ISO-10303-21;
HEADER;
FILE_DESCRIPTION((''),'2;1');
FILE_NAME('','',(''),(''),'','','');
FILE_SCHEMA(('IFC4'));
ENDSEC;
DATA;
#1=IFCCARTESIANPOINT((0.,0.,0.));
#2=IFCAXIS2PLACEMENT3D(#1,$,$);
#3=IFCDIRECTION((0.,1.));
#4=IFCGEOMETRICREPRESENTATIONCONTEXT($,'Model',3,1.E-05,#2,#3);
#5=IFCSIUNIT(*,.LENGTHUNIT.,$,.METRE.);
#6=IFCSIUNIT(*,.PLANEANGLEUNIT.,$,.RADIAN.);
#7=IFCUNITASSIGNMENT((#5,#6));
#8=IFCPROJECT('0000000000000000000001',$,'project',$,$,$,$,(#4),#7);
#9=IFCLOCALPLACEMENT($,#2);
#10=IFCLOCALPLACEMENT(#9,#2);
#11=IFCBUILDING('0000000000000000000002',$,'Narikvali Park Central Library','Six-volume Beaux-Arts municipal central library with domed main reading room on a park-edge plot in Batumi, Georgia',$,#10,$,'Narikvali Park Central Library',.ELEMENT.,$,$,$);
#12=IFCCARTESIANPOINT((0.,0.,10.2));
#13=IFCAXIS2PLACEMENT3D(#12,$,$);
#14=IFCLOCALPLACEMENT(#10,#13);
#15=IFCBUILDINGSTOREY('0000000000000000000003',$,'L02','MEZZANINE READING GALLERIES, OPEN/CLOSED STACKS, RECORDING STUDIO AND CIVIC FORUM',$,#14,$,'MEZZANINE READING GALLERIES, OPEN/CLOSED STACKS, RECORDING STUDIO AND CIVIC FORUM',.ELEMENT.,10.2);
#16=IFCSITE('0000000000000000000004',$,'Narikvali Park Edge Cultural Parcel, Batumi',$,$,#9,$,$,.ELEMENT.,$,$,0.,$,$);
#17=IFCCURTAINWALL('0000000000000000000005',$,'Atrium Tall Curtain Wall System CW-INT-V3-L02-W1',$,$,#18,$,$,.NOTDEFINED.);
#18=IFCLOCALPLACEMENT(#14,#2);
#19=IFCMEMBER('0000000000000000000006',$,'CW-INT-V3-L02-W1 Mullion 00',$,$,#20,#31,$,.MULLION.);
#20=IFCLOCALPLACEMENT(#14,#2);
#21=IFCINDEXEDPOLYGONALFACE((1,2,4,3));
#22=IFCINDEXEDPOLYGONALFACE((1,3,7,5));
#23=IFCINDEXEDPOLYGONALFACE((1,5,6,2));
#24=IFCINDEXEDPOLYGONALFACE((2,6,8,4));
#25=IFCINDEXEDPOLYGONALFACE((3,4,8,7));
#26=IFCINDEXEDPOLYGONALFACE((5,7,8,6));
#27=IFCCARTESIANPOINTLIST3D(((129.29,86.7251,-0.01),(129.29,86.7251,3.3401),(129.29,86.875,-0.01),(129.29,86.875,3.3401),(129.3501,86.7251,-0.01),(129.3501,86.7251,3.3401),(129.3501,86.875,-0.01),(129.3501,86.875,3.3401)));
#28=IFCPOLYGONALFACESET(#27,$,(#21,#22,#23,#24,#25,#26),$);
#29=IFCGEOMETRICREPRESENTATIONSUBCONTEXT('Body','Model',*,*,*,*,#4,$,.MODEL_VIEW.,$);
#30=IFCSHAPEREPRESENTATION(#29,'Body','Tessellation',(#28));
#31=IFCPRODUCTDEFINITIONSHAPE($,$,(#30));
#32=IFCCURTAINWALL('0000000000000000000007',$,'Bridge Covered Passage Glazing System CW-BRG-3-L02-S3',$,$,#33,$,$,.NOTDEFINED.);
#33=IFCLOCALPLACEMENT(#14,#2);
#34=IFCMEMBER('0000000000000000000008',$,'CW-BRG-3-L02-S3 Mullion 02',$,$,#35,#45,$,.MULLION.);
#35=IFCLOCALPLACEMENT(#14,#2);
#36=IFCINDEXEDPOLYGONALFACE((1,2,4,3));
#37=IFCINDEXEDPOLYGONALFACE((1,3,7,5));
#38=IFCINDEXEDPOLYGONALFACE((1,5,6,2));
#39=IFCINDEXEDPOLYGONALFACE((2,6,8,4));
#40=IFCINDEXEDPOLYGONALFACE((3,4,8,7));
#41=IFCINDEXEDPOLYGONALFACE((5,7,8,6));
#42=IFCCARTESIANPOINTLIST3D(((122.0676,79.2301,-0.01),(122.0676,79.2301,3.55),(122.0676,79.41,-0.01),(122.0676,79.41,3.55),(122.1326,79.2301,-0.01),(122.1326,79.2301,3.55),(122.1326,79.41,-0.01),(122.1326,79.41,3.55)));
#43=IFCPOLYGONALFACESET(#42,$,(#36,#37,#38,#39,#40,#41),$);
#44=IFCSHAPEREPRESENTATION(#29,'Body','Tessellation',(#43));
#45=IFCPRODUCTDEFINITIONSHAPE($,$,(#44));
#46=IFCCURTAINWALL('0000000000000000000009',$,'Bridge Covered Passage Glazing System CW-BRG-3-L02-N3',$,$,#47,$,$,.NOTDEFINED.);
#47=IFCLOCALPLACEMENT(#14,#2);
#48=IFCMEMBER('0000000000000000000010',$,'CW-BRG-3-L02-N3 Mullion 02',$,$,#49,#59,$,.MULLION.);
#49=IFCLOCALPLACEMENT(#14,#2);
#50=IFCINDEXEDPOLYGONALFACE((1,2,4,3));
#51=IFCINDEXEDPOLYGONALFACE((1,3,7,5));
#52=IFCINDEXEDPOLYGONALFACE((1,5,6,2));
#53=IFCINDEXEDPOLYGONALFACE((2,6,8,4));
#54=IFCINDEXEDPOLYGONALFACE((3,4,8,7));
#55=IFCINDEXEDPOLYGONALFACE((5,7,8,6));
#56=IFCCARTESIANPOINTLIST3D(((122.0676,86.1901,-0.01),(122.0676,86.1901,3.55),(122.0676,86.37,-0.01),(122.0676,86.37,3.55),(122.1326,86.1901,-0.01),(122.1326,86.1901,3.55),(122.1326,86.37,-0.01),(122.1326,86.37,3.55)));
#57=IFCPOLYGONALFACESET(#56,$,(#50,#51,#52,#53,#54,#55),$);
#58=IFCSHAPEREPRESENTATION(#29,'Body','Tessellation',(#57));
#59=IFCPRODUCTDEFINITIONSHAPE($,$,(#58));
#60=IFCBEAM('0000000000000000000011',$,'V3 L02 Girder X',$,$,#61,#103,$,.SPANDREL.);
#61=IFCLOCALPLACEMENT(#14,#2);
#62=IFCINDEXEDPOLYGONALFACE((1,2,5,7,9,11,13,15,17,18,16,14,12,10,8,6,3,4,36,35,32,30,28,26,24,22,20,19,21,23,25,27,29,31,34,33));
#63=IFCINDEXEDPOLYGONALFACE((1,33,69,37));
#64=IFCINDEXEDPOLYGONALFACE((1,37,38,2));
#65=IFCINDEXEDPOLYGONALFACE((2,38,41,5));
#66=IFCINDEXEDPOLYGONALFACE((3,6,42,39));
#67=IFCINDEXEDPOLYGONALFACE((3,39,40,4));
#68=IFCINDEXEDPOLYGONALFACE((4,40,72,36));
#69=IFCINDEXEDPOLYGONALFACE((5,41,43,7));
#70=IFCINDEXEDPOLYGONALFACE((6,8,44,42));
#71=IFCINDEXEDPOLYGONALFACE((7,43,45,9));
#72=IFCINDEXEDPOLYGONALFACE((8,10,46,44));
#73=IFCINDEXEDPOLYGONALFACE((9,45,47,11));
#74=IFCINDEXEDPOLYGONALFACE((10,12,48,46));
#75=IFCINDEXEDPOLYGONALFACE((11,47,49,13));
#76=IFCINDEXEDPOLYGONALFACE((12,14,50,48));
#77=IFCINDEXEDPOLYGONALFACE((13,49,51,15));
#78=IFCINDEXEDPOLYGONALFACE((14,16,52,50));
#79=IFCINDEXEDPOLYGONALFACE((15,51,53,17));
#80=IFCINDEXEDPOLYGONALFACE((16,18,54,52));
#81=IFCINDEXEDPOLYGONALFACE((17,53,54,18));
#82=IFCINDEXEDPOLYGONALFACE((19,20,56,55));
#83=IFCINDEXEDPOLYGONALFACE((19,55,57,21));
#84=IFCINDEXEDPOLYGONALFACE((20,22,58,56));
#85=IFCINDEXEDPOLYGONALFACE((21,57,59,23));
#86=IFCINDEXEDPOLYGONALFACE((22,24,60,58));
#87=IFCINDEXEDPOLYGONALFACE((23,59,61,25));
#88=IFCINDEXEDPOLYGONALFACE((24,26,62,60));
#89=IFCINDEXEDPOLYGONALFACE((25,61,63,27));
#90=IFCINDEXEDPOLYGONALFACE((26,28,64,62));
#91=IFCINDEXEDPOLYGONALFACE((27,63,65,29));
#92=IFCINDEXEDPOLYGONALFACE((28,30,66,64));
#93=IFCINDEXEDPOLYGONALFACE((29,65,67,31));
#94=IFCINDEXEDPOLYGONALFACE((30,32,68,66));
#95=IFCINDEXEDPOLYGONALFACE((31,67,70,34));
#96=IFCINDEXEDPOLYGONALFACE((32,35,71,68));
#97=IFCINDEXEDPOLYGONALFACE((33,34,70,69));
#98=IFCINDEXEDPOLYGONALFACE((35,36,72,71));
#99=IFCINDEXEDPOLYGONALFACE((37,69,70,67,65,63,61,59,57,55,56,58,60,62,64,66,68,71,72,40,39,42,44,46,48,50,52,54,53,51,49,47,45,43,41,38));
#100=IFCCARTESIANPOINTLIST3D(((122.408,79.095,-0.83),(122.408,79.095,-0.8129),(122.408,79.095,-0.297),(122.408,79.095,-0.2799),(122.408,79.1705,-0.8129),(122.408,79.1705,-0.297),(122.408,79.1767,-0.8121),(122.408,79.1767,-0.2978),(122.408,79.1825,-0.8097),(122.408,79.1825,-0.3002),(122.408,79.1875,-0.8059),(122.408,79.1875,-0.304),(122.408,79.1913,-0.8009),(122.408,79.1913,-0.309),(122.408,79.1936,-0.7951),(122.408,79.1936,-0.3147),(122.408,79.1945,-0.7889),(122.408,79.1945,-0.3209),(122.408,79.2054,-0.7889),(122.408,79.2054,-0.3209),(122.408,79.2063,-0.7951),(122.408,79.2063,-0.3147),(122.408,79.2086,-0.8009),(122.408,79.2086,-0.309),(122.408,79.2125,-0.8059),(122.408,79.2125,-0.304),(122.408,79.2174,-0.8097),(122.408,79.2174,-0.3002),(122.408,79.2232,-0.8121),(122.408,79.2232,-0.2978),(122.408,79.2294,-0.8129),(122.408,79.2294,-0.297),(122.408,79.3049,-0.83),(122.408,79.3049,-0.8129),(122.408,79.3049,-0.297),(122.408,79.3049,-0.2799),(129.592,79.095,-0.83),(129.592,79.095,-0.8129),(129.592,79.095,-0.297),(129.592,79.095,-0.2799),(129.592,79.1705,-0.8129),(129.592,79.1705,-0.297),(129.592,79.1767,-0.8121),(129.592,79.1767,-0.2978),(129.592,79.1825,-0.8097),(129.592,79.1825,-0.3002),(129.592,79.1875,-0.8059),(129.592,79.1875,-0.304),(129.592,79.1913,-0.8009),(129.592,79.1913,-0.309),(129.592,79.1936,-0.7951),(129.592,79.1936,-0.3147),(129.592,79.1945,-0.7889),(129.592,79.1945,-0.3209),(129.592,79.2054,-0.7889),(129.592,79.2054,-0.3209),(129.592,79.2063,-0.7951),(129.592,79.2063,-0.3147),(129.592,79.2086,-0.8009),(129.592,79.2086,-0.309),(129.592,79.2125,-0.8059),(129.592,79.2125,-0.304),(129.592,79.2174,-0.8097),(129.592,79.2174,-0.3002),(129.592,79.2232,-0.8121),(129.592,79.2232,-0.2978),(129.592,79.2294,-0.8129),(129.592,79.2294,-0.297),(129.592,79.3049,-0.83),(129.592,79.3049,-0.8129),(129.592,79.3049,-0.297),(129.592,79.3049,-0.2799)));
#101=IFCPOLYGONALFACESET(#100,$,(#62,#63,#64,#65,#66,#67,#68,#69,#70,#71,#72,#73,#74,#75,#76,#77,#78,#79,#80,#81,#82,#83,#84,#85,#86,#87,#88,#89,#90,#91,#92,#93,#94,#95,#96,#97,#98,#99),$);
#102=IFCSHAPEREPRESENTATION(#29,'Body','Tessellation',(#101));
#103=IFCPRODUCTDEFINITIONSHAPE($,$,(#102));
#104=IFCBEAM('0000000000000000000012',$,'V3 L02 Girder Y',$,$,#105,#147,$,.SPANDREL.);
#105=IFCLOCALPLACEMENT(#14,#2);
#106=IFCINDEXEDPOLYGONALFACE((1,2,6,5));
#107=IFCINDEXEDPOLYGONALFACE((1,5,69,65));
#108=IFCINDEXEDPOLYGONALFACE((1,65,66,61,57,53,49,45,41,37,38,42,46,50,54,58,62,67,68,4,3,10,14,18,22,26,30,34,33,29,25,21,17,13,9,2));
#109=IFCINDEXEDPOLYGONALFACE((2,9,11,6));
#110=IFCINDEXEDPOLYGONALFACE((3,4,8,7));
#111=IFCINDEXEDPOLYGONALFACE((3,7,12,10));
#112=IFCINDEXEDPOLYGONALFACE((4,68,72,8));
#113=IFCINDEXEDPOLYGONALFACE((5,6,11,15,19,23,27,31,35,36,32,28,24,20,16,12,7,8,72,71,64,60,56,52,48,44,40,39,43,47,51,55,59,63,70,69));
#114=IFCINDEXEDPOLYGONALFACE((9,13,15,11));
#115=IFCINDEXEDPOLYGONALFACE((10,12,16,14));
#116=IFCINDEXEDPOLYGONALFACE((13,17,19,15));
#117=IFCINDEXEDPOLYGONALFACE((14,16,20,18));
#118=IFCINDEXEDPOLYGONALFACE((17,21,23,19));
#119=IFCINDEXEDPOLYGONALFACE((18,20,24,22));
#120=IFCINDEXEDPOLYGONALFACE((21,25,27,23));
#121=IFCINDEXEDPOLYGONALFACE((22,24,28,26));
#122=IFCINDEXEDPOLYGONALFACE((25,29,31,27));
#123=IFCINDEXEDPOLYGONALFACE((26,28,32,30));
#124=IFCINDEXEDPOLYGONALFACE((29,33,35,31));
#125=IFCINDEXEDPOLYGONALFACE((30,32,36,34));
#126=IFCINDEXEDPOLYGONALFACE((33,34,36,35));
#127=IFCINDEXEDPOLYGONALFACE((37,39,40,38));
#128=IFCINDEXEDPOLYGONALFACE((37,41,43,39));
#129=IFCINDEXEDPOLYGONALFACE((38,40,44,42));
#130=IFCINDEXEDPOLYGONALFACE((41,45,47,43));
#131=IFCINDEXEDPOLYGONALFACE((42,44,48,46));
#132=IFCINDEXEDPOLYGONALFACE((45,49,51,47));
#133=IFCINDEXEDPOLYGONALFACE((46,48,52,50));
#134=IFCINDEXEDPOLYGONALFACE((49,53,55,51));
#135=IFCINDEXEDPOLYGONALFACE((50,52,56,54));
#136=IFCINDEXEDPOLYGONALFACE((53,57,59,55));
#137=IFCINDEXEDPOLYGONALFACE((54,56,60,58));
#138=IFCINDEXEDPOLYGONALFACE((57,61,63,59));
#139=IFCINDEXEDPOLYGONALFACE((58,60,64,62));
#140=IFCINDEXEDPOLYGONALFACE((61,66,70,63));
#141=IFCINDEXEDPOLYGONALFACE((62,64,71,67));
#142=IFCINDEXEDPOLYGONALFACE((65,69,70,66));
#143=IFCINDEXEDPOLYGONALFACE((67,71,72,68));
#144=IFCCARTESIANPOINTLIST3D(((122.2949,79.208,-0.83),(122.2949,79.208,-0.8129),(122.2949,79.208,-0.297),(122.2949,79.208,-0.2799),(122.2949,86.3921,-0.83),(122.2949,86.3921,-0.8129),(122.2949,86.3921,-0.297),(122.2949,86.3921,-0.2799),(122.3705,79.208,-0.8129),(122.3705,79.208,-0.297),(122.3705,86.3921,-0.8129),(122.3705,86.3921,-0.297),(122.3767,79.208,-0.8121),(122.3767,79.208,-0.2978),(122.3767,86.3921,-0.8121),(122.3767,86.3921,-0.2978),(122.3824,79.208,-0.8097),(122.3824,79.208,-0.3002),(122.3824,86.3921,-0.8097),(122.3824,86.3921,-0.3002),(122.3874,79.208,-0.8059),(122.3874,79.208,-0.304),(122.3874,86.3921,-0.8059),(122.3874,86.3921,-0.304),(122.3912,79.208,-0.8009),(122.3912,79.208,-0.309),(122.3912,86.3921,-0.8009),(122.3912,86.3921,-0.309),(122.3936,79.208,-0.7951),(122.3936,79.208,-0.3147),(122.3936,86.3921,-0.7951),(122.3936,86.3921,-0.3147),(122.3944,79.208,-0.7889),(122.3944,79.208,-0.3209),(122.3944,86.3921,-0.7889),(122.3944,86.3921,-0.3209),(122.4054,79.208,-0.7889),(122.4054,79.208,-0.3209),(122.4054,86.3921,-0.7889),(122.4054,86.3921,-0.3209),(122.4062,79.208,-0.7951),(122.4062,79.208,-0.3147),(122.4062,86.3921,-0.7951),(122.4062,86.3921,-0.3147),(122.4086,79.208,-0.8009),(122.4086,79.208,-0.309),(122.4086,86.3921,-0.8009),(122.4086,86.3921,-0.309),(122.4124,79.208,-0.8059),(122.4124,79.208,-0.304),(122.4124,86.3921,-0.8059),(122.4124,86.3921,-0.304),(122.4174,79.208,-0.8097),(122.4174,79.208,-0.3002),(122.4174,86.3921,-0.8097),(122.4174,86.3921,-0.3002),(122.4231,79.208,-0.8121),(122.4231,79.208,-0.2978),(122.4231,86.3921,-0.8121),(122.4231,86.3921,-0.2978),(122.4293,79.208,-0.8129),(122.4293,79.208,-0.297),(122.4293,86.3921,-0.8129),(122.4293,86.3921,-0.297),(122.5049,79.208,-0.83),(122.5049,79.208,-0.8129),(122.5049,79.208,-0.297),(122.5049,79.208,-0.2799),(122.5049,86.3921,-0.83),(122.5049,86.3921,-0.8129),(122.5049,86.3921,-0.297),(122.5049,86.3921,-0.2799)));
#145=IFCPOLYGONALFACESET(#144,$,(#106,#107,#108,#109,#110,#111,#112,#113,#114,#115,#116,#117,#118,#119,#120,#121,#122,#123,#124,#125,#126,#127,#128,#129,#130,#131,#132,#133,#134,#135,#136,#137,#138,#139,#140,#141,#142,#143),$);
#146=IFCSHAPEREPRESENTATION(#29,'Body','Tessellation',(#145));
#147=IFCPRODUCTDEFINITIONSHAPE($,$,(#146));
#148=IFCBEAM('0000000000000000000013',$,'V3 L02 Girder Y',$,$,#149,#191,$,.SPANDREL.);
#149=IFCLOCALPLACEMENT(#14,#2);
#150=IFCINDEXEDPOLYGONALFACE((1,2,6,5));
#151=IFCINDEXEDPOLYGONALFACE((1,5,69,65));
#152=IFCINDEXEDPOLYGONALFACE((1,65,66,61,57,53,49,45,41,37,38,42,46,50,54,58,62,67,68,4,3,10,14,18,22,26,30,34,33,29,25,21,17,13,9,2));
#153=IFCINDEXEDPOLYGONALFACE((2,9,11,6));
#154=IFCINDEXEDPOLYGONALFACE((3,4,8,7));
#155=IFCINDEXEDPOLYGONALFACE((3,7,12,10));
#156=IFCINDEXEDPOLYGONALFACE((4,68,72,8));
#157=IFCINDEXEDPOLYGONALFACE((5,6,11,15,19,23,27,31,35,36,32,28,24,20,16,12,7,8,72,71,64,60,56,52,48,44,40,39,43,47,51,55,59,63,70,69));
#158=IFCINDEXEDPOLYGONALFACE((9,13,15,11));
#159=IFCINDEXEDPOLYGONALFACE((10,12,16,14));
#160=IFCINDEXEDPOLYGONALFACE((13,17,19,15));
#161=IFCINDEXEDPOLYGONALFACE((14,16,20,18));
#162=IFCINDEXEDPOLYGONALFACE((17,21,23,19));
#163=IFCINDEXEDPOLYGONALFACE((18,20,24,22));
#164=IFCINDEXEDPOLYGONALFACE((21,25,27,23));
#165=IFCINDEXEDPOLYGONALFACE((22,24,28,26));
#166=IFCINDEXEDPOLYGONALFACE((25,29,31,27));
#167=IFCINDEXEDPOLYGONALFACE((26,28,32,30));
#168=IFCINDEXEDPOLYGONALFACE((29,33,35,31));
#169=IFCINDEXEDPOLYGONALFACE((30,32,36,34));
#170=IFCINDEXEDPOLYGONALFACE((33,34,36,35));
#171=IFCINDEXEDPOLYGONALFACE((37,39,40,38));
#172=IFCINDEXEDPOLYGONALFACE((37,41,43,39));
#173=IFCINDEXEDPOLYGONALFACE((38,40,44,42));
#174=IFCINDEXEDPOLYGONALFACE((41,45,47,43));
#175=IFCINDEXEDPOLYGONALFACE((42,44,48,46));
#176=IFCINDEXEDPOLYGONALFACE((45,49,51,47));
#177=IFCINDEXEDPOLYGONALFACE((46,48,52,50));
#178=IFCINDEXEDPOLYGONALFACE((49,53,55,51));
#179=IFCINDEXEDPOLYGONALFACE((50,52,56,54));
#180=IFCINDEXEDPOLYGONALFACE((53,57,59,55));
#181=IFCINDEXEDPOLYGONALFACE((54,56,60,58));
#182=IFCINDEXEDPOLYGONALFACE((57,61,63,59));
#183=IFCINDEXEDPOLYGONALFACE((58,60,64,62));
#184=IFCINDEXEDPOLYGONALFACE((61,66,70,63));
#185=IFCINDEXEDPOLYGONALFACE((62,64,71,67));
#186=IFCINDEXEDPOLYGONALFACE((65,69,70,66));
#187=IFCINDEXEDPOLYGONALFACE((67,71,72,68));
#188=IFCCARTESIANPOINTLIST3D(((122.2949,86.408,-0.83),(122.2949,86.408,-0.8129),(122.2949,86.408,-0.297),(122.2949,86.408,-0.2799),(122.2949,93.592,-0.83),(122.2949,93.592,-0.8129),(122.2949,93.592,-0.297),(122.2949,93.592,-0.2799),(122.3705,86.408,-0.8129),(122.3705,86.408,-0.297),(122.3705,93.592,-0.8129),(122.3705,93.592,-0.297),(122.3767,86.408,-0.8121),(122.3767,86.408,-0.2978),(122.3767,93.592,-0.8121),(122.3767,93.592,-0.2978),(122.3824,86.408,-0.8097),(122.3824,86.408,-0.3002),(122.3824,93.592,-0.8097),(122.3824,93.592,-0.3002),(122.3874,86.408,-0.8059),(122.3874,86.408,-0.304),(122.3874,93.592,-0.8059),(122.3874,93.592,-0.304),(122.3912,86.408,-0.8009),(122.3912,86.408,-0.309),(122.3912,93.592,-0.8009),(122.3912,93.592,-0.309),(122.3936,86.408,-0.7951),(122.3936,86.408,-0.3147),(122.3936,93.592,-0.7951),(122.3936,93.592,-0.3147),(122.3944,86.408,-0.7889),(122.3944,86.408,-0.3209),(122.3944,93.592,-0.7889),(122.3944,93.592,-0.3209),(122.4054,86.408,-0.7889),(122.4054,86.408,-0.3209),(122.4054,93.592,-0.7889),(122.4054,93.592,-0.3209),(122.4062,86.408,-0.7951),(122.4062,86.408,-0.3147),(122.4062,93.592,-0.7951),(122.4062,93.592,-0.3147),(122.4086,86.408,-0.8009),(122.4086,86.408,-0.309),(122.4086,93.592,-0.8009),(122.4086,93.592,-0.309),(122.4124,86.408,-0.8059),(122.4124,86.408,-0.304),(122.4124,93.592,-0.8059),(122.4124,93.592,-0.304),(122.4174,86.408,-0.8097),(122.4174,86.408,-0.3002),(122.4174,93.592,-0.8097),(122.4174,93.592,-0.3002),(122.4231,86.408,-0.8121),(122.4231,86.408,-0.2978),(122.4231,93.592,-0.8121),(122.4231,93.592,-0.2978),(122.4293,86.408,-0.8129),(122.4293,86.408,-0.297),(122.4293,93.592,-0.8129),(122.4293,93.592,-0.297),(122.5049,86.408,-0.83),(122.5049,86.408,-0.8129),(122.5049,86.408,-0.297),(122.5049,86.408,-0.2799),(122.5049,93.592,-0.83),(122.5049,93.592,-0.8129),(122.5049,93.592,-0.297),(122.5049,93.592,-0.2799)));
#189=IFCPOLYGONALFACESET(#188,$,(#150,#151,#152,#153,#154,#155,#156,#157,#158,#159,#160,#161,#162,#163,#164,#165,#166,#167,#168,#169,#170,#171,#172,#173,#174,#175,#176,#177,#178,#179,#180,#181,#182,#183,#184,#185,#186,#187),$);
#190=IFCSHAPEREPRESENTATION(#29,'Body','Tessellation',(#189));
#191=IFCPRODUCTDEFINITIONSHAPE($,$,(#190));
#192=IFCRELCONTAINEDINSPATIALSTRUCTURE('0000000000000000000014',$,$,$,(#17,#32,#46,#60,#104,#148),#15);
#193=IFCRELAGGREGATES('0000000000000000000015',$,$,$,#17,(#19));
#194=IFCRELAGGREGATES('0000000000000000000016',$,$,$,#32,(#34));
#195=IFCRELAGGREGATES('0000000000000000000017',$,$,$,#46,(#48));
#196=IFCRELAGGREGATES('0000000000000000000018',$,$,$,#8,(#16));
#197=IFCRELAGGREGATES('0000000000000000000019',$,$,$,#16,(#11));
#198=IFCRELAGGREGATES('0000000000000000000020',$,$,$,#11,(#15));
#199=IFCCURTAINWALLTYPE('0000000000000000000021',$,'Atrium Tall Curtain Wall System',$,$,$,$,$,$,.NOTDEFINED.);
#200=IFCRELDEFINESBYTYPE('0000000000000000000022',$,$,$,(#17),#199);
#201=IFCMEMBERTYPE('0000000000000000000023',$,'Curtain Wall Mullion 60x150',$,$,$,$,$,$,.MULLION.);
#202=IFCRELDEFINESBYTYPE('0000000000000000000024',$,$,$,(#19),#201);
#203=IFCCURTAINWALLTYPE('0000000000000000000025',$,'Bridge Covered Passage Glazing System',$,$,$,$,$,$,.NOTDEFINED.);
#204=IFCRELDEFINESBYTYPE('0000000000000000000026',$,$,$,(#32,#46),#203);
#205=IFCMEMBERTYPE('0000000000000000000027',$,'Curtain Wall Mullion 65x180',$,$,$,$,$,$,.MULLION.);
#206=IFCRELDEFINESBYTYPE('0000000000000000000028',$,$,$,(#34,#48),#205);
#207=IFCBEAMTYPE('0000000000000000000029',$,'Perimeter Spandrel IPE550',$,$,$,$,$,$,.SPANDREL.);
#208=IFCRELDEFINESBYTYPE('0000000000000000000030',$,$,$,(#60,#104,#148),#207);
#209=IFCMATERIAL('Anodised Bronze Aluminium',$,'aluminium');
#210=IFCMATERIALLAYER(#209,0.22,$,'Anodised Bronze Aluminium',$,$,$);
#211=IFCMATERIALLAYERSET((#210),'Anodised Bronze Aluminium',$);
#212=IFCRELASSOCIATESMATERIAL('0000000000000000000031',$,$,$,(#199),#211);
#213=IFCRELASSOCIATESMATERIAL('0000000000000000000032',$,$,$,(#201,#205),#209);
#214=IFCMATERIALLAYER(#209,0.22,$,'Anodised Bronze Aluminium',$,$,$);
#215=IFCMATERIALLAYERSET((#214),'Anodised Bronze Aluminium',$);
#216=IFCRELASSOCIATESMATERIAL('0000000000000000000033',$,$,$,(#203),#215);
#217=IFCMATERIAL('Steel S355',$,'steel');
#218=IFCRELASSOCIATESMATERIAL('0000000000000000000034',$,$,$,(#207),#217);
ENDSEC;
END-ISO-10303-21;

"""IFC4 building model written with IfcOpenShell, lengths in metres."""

from ifc_helpers import new_model, si_unit, direction, frame, origin, origin_2d, place, context, subcontext, project, spatial, rectangle, i_section, extrude, material, layer, layer_set, material_profile, profile_set, type_object, element, aggregate, save


model = new_model("IFC4")

# Units and contexts
model_context = context("Model", 3, precision=1e-05, world=origin(), true_north=direction((0.0, 1.0)))
body_context = subcontext(model_context, "Body", "Model", "MODEL_VIEW")
ifc_project = project(units=[si_unit("LENGTHUNIT", "METRE"), si_unit("PLANEANGLEUNIT", "RADIAN")], contexts=[model_context])

# Site, building, storey
site_placement = place(None, origin())
site = spatial("IfcSite", under=ifc_project, at=site_placement, Name="Narikvali Park Edge Cultural Parcel, Batumi", CompositionType="ELEMENT", RefElevation=0.0)
building_placement = place(site_placement, origin())
building = spatial("IfcBuilding", under=site, at=building_placement, Name="Narikvali Park Central Library", Description="Six-volume Beaux-Arts municipal central library with domed main reading room on a park-edge plot in Batumi, Georgia", LongName="Narikvali Park Central Library", CompositionType="ELEMENT")
storey_placement = place(building_placement, frame((0.0, 0.0, 10.2)))
storey = spatial("IfcBuildingStorey", under=building, at=storey_placement, Name="L02", Description="MEZZANINE READING GALLERIES, OPEN/CLOSED STACKS, RECORDING STUDIO AND CIVIC FORUM", LongName="MEZZANINE READING GALLERIES, OPEN/CLOSED STACKS, RECORDING STUDIO AND CIVIC FORUM", CompositionType="ELEMENT", Elevation=10.2)

# Shared definitions
ifc_material_1 = material(Name="Steel S355", Category="steel")

# Curtain walls, members
ifc_material_2 = material(Name="Anodised Bronze Aluminium", Category="aluminium")
ifc_layer_1 = layer(ifc_material_2, 0.22, Name="Anodised Bronze Aluminium")
ifc_layer_set_1 = layer_set([ifc_layer_1], Name="Anodised Bronze Aluminium")
curtain_wall_type_1 = type_object("IfcCurtainWallType", Name="Atrium Tall Curtain Wall System", PredefinedType="NOTDEFINED", material=ifc_layer_set_1)
curtain_wall_1_placement = place(storey_placement, origin())
curtain_wall_1 = element("IfcCurtainWall", 1, at=curtain_wall_1_placement, inside=storey, type_object=curtain_wall_type_1, Name="Atrium Tall Curtain Wall System CW-INT-V3-L02-W1", PredefinedType="NOTDEFINED")
ifc_material_profile_1 = material_profile(ifc_material_2, rectangle(XDim=0.0601, YDim=0.1499, at=origin_2d()), Name="CW MULLION 60x150")
ifc_profile_set_1 = profile_set([ifc_material_profile_1], Name="Anodised Bronze Aluminium")
member_type_1 = type_object("IfcMemberType", Name="Curtain Wall Mullion 60x150", PredefinedType="MULLION", material=ifc_profile_set_1)
member_1_placement = place(storey_placement, frame((129.3201, 86.8, -0.01), z_axis=(0.0, 0.0, 1.0), x_axis=(1.0, 0.0, 0.0)))
member_1 = element("IfcMember", 2, at=member_1_placement, type_object=member_type_1, Name="CW-INT-V3-L02-W1 Mullion 00", PredefinedType="MULLION", context=body_context, shape_type="SweptSolid", body=[
    extrude(rectangle(XDim=0.0601, YDim=0.1499, at=origin_2d()), origin(), (0.0, 0.0, 1.0), 3.3501),
])
aggregate(curtain_wall_1, [member_1])
ifc_layer_2 = layer(ifc_material_2, 0.22, Name="Anodised Bronze Aluminium")
ifc_layer_set_2 = layer_set([ifc_layer_2], Name="Anodised Bronze Aluminium")
curtain_wall_type_2 = type_object("IfcCurtainWallType", Name="Bridge Covered Passage Glazing System", PredefinedType="NOTDEFINED", material=ifc_layer_set_2)
curtain_wall_2_placement = place(storey_placement, origin())
curtain_wall_2 = element("IfcCurtainWall", 3, at=curtain_wall_2_placement, inside=storey, type_object=curtain_wall_type_2, Name="Bridge Covered Passage Glazing System CW-BRG-3-L02-S3", PredefinedType="NOTDEFINED")
ifc_material_profile_2 = material_profile(ifc_material_2, rectangle(XDim=0.0649, YDim=0.1799, at=origin_2d()), Name="CW MULLION 65x180")
ifc_profile_set_2 = profile_set([ifc_material_profile_2], Name="Anodised Bronze Aluminium")
member_type_2 = type_object("IfcMemberType", Name="Curtain Wall Mullion 65x180", PredefinedType="MULLION", material=ifc_profile_set_2)
member_2_placement = place(storey_placement, frame((122.1001, 79.3201, -0.01), z_axis=(0.0, 0.0, 1.0), x_axis=(1.0, 0.0, 0.0)))
member_2 = element("IfcMember", 4, at=member_2_placement, type_object=member_type_2, Name="CW-BRG-3-L02-S3 Mullion 02", PredefinedType="MULLION", context=body_context, shape_type="SweptSolid", body=[
    extrude(rectangle(XDim=0.0649, YDim=0.1799, at=origin_2d()), origin(), (0.0, 0.0, 1.0), 3.5601),
])
aggregate(curtain_wall_2, [member_2])
curtain_wall_3_placement = place(storey_placement, origin())
curtain_wall_3 = element("IfcCurtainWall", 5, at=curtain_wall_3_placement, inside=storey, type_object=curtain_wall_type_2, Name="Bridge Covered Passage Glazing System CW-BRG-3-L02-N3", PredefinedType="NOTDEFINED")
member_3_placement = place(storey_placement, frame((122.1001, 86.28, -0.01), z_axis=(0.0, 0.0, 1.0), x_axis=(1.0, 0.0, 0.0)))
member_3 = element("IfcMember", 6, at=member_3_placement, type_object=member_type_2, Name="CW-BRG-3-L02-N3 Mullion 02", PredefinedType="MULLION", context=body_context, shape_type="SweptSolid", body=[
    extrude(rectangle(XDim=0.0649, YDim=0.1799, at=origin_2d()), origin(), (0.0, 0.0, 1.0), 3.5601),
])
aggregate(curtain_wall_3, [member_3])

# Beams
ifc_material_profile_3 = material_profile(ifc_material_1, i_section(OverallWidth=0.21, OverallDepth=0.55, WebThickness=0.011, FlangeThickness=0.0171, FilletRadius=0.0239, at=origin_2d()), Name="IPE 550")
ifc_profile_set_3 = profile_set([ifc_material_profile_3], Name="Steel S355")
beam_type_1 = type_object("IfcBeamType", Name="Perimeter Spandrel IPE550", PredefinedType="SPANDREL", material=ifc_profile_set_3)
for number, where, z_axis, x_axis, name in (
    (7, (122.408, 79.2, -0.5549), (1.0, 0.0, 0.0), (0.0, 1.0, 0.0), "V3 L02 Girder X"),
    (8, (122.3999, 79.208, -0.5549), (0.0, 1.0, 0.0), (-1.0, 0.0, 0.0), "V3 L02 Girder Y"),
    (9, (122.3999, 86.408, -0.5549), (0.0, 1.0, 0.0), (-1.0, 0.0, 0.0), "V3 L02 Girder Y"),
):
    element("IfcBeam", number, at=place(storey_placement, frame(where, z_axis=z_axis, x_axis=x_axis)), inside=storey, type_object=beam_type_1, Name=name, PredefinedType="SPANDREL", context=body_context, shape_type="SweptSolid", body=[
        extrude(i_section(OverallWidth=0.21, OverallDepth=0.55, WebThickness=0.011, FlangeThickness=0.0171, FilletRadius=0.0239, at=origin_2d()), origin(), (0.0, 0.0, 1.0), 7.1841),
    ])

save(model, "model.ifc")
